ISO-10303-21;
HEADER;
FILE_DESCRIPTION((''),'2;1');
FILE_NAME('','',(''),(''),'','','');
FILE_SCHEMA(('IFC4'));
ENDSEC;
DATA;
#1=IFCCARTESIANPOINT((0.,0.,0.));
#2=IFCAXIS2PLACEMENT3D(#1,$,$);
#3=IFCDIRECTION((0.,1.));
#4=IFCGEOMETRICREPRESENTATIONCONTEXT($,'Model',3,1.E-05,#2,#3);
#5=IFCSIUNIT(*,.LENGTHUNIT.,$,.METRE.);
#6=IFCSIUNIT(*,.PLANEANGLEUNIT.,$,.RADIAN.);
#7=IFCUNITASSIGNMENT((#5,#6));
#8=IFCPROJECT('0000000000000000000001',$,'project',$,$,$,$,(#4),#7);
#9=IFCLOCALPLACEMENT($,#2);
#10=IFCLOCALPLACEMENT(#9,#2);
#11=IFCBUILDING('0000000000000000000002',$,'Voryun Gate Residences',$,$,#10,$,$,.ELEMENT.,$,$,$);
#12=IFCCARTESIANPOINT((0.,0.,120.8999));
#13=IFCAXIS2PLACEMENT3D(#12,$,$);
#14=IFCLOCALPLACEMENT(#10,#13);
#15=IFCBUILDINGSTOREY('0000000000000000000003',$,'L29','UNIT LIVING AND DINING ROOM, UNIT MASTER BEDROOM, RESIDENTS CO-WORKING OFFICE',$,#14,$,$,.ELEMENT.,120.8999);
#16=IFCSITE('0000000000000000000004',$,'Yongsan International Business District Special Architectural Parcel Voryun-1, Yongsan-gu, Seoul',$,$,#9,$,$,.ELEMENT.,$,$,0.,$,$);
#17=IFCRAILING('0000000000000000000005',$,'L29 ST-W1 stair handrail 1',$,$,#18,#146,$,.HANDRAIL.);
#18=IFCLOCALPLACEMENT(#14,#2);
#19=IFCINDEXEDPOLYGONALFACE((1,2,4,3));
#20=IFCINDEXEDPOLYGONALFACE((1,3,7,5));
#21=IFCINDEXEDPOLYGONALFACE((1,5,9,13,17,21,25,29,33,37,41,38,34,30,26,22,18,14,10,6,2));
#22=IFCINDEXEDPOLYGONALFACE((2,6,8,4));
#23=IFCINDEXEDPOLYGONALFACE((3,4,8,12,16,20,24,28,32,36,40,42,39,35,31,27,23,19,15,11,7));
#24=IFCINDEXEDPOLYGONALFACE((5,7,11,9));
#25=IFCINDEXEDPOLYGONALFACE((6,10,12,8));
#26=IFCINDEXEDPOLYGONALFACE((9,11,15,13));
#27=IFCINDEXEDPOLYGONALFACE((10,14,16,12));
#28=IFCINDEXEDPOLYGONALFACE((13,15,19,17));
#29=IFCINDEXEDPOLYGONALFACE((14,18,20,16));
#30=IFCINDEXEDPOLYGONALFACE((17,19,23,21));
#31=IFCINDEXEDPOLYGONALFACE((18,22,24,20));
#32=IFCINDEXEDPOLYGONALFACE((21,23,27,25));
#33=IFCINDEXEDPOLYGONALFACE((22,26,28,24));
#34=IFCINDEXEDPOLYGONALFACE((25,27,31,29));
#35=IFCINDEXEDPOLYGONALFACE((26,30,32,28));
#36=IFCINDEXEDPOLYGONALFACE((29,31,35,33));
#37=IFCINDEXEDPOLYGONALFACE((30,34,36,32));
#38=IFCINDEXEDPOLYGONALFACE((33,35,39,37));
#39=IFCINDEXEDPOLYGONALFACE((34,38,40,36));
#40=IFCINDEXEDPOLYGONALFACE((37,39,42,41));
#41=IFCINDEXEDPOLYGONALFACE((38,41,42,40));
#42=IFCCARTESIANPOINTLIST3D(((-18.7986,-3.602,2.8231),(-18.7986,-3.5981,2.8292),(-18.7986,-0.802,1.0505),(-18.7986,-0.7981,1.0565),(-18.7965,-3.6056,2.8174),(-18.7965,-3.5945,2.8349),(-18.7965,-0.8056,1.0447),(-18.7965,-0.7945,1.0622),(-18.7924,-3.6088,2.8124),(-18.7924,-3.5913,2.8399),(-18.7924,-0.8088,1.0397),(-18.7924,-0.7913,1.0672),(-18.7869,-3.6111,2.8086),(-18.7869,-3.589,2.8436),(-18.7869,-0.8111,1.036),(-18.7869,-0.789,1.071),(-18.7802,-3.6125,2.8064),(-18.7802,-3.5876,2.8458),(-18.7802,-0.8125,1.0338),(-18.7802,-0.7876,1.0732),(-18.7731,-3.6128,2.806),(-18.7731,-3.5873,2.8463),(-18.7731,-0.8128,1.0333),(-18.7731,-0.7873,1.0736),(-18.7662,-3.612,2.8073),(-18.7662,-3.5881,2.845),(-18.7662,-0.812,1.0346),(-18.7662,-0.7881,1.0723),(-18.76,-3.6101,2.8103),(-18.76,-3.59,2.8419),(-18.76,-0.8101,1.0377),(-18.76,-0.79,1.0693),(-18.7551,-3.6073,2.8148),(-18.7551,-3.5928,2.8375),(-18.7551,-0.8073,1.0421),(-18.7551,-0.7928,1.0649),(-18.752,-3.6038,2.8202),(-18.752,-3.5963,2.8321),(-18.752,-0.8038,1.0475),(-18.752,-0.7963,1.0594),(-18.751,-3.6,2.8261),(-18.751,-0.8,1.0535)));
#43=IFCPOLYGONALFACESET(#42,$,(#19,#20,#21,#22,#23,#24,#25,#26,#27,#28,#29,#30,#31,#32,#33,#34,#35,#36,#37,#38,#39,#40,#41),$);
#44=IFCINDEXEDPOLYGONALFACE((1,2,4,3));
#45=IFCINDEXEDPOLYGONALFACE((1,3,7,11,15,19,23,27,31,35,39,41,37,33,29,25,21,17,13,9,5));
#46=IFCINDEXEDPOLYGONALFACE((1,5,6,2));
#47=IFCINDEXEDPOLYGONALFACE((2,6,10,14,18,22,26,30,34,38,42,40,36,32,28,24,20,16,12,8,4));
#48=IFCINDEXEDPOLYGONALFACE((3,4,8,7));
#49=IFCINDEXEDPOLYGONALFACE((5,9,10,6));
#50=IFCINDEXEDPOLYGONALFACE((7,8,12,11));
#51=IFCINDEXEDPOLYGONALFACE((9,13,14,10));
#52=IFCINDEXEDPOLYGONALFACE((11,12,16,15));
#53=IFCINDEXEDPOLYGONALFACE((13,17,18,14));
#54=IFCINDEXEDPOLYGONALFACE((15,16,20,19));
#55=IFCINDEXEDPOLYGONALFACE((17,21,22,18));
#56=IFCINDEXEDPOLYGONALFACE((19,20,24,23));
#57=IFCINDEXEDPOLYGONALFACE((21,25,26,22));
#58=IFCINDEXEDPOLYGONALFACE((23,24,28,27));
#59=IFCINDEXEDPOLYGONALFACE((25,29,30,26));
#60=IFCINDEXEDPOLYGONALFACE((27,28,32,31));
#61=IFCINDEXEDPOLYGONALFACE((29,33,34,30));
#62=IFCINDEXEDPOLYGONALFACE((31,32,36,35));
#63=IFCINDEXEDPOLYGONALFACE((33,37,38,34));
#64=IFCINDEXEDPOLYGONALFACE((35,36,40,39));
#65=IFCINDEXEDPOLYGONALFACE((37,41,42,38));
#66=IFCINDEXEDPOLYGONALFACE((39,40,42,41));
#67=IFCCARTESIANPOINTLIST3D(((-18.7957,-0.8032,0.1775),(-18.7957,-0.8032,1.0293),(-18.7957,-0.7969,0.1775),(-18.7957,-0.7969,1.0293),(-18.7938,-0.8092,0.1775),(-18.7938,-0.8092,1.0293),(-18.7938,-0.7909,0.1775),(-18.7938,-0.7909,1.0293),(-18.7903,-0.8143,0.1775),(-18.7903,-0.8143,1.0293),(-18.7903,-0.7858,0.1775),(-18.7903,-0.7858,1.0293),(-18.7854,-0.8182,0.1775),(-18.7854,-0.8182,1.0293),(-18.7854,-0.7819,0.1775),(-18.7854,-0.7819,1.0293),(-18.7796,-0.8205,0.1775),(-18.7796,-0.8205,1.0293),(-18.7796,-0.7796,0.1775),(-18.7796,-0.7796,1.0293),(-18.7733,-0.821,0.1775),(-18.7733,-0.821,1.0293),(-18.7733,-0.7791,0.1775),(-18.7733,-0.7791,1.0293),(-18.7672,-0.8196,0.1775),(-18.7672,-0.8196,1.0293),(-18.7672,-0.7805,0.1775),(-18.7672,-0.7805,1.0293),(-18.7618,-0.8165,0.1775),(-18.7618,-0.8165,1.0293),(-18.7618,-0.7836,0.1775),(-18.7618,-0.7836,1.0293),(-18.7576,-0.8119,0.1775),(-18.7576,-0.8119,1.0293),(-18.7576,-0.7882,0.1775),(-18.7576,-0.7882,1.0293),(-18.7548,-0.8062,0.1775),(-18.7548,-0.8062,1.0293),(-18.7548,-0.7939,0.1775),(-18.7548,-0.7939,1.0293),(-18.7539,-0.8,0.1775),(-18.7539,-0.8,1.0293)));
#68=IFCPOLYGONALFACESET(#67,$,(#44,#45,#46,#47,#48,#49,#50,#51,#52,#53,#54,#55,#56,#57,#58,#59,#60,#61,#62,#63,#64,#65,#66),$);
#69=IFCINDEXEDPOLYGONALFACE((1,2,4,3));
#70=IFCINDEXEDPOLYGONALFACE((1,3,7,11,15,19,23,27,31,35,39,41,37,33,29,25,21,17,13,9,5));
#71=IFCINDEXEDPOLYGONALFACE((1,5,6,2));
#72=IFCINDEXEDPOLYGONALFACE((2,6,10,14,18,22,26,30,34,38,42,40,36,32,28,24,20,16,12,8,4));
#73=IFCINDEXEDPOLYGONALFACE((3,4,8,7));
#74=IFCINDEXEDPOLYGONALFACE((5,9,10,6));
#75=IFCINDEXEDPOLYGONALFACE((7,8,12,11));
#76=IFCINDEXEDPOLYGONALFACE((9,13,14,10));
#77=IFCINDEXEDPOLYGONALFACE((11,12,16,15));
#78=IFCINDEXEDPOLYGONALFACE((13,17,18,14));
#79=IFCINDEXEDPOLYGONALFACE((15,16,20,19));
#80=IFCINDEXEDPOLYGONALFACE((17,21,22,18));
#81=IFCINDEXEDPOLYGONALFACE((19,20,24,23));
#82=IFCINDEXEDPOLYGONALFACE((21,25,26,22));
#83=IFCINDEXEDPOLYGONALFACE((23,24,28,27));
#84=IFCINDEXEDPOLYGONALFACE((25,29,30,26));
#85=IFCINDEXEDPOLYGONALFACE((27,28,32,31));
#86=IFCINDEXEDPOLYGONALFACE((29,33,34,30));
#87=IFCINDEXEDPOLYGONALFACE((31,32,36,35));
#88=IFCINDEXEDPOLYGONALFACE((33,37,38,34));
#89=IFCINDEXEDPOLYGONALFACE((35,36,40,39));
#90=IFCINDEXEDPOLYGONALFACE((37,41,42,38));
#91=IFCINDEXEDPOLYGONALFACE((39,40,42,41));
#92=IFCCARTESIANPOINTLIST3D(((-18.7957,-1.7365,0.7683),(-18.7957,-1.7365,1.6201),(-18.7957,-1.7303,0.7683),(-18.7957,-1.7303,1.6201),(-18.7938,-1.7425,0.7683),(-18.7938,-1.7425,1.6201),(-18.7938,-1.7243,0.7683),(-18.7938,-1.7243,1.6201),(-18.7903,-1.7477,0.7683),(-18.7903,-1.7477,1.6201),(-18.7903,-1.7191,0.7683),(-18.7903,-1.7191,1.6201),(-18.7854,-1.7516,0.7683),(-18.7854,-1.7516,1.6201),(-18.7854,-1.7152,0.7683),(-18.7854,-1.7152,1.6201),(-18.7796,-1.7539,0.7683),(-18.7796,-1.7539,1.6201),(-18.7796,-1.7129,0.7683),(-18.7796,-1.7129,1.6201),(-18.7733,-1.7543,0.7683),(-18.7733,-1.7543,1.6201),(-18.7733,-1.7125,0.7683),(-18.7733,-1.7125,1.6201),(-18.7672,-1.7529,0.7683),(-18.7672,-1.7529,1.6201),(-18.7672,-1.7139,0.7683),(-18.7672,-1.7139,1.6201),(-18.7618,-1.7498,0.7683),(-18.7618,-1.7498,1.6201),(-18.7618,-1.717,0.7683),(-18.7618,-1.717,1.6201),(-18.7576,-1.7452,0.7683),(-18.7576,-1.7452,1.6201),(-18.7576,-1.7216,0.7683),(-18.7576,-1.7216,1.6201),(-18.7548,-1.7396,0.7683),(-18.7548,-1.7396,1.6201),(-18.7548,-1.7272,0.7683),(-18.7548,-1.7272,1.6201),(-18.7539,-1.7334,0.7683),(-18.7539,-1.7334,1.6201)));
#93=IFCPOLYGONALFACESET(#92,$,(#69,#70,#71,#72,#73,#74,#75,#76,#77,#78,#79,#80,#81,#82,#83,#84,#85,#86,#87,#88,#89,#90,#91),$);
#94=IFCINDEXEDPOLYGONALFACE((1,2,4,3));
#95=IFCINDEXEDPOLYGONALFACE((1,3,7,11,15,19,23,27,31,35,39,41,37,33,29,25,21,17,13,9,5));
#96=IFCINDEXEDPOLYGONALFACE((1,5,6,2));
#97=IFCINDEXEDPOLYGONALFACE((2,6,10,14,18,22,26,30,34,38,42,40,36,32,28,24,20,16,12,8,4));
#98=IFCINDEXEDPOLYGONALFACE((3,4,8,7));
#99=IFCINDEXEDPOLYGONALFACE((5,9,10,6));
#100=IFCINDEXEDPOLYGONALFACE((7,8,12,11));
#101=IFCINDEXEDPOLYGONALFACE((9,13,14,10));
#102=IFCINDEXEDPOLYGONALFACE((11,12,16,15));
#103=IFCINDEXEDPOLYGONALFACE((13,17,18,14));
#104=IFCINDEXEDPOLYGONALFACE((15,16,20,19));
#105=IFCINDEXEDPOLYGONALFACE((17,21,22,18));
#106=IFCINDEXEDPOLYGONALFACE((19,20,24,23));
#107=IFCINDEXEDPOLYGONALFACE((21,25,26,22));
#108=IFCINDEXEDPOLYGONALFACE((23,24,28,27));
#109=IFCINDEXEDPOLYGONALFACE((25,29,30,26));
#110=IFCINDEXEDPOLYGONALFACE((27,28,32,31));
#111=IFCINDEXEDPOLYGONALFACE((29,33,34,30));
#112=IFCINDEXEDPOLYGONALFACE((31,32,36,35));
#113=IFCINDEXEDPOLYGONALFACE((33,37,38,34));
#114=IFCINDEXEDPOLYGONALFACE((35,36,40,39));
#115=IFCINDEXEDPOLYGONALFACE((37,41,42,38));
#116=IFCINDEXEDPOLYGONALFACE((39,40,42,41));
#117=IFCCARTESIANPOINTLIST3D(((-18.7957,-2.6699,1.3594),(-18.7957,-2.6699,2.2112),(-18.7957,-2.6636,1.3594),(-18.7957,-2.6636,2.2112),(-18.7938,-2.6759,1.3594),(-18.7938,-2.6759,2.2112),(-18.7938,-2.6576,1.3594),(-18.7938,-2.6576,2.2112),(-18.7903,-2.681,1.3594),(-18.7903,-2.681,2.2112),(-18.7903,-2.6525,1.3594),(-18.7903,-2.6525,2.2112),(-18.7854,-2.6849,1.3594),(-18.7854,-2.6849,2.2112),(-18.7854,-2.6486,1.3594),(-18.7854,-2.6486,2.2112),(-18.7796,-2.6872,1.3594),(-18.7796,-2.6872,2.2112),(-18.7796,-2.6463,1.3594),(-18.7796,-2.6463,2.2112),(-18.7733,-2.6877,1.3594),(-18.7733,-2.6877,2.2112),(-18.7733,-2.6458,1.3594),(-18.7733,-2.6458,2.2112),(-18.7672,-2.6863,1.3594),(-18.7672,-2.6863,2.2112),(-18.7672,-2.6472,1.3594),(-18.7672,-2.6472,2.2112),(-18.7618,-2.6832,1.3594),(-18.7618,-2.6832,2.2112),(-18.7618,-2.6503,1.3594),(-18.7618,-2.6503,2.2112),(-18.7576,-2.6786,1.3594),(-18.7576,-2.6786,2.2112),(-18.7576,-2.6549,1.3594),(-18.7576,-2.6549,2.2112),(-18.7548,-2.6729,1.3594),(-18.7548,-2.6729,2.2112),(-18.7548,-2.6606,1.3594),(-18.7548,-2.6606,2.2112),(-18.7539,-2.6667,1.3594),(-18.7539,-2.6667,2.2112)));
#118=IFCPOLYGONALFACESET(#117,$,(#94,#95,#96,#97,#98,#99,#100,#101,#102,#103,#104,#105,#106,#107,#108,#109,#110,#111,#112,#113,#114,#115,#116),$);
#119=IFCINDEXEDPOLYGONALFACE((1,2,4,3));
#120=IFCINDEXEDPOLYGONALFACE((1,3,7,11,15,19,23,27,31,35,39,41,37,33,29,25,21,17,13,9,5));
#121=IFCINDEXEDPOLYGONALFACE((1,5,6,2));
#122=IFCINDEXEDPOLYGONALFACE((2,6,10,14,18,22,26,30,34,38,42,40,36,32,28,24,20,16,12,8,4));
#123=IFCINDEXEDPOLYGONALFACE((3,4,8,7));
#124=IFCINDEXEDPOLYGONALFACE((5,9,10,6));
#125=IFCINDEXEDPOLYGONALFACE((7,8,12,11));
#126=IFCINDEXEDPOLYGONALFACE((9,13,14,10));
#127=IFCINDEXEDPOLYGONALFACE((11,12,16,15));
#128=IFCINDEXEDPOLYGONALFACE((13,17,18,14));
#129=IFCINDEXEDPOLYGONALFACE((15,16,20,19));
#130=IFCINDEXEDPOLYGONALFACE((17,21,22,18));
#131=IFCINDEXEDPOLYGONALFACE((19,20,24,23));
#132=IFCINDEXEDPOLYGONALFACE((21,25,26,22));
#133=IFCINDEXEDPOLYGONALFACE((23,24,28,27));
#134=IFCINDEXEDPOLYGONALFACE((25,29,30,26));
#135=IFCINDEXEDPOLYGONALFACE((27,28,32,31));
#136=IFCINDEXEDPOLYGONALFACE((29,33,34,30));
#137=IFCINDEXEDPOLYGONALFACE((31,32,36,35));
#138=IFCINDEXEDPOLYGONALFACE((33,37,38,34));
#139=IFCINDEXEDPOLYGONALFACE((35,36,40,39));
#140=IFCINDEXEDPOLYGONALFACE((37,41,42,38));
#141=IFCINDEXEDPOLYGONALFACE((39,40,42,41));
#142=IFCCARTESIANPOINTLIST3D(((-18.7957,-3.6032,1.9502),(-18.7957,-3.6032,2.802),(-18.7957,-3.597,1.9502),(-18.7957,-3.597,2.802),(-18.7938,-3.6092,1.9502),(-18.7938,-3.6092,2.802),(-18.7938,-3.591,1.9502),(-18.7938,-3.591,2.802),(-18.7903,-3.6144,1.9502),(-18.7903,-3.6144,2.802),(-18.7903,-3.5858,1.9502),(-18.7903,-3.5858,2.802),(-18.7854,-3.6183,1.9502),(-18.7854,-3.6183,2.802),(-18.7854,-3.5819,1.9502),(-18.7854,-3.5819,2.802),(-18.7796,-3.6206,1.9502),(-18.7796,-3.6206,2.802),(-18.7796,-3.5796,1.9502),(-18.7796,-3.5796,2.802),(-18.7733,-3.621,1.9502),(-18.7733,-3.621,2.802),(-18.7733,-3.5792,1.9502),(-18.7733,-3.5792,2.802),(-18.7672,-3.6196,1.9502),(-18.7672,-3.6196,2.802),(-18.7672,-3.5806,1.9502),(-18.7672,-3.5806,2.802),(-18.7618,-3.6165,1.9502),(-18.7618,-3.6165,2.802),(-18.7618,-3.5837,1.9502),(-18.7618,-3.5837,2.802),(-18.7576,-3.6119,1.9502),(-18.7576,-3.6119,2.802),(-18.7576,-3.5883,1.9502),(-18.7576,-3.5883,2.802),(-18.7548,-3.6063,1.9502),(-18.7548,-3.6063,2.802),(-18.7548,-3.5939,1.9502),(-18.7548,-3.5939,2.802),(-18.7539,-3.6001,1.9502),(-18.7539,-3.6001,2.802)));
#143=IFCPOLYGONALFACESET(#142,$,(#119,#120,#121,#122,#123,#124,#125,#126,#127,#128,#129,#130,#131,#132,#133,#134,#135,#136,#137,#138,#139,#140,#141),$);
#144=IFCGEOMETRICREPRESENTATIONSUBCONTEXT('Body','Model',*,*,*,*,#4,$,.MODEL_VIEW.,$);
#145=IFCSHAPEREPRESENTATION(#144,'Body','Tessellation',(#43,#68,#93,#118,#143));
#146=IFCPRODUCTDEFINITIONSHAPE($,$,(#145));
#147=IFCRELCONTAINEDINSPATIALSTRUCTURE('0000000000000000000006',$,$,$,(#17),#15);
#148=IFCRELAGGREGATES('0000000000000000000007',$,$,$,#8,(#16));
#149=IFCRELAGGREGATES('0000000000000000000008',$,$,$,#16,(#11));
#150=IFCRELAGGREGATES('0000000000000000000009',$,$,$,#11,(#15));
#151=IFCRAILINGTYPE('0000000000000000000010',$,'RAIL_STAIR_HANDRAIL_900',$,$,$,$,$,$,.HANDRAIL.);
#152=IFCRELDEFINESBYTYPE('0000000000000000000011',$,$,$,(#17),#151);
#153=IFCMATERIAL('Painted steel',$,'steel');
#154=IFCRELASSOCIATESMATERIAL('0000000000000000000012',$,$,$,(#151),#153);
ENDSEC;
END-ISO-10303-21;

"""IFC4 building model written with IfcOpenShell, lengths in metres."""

from ifc_helpers import new_model, si_unit, direction, frame, origin, origin_2d, place, context, subcontext, project, spatial, circle, extrude, material, type_object, element, save


model = new_model("IFC4")

# Units and contexts
model_context = context("Model", 3, precision=1e-05, world=origin(), true_north=direction((0.0, 1.0)))
body_context = subcontext(model_context, "Body", "Model", "MODEL_VIEW")
ifc_project = project(units=[si_unit("LENGTHUNIT", "METRE"), si_unit("PLANEANGLEUNIT", "RADIAN")], contexts=[model_context])

# Site, building, storey
site_placement = place(None, origin())
site = spatial("IfcSite", under=ifc_project, at=site_placement, Name="Yongsan International Business District Special Architectural Parcel Voryun-1, Yongsan-gu, Seoul", CompositionType="ELEMENT", RefElevation=0.0)
building_placement = place(site_placement, origin())
building = spatial("IfcBuilding", under=site, at=building_placement, Name="Voryun Gate Residences", CompositionType="ELEMENT")
storey_placement = place(building_placement, frame((0.0, 0.0, 120.8999)))
storey = spatial("IfcBuildingStorey", under=building, at=storey_placement, Name="L29", Description="UNIT LIVING AND DINING ROOM, UNIT MASTER BEDROOM, RESIDENTS CO-WORKING OFFICE", CompositionType="ELEMENT", Elevation=120.8999)

# Railing
ifc_material_1 = material(Name="Painted steel", Category="steel")
railing_type_1 = type_object("IfcRailingType", Name="RAIL_STAIR_HANDRAIL_900", PredefinedType="HANDRAIL", material=ifc_material_1)
railing_1_placement = place(storey_placement, frame((-18.7749, -0.8, 0.1775)))
element("IfcRailing", 1, at=railing_1_placement, inside=storey, type_object=railing_type_1, Name="L29 ST-W1 stair handrail 1", PredefinedType="HANDRAIL", context=body_context, shape_type="SweptSolid", body=[
    extrude(circle(Radius=0.0239, at=origin_2d()), frame((0.0, 0.0, 0.876), z_axis=(0.0, -0.844909, 0.53491), x_axis=(1.0, 0.0, 0.0)), (0.0, 0.0, 1.0), 3.314),
    extrude(circle(Radius=0.021, at=origin_2d()), origin(), (0.0, 0.0, 1.0), 0.8518),
    extrude(circle(Radius=0.021, at=origin_2d()), frame((0.0, -0.9333, 0.5908)), (0.0, 0.0, 1.0), 0.8518),
    extrude(circle(Radius=0.021, at=origin_2d()), frame((0.0, -1.8667, 1.1819)), (0.0, 0.0, 1.0), 0.8518),
    extrude(circle(Radius=0.021, at=origin_2d()), frame((0.0, -2.8, 1.7727)), (0.0, 0.0, 1.0), 0.8518),
])

save(model, "model.ifc")
